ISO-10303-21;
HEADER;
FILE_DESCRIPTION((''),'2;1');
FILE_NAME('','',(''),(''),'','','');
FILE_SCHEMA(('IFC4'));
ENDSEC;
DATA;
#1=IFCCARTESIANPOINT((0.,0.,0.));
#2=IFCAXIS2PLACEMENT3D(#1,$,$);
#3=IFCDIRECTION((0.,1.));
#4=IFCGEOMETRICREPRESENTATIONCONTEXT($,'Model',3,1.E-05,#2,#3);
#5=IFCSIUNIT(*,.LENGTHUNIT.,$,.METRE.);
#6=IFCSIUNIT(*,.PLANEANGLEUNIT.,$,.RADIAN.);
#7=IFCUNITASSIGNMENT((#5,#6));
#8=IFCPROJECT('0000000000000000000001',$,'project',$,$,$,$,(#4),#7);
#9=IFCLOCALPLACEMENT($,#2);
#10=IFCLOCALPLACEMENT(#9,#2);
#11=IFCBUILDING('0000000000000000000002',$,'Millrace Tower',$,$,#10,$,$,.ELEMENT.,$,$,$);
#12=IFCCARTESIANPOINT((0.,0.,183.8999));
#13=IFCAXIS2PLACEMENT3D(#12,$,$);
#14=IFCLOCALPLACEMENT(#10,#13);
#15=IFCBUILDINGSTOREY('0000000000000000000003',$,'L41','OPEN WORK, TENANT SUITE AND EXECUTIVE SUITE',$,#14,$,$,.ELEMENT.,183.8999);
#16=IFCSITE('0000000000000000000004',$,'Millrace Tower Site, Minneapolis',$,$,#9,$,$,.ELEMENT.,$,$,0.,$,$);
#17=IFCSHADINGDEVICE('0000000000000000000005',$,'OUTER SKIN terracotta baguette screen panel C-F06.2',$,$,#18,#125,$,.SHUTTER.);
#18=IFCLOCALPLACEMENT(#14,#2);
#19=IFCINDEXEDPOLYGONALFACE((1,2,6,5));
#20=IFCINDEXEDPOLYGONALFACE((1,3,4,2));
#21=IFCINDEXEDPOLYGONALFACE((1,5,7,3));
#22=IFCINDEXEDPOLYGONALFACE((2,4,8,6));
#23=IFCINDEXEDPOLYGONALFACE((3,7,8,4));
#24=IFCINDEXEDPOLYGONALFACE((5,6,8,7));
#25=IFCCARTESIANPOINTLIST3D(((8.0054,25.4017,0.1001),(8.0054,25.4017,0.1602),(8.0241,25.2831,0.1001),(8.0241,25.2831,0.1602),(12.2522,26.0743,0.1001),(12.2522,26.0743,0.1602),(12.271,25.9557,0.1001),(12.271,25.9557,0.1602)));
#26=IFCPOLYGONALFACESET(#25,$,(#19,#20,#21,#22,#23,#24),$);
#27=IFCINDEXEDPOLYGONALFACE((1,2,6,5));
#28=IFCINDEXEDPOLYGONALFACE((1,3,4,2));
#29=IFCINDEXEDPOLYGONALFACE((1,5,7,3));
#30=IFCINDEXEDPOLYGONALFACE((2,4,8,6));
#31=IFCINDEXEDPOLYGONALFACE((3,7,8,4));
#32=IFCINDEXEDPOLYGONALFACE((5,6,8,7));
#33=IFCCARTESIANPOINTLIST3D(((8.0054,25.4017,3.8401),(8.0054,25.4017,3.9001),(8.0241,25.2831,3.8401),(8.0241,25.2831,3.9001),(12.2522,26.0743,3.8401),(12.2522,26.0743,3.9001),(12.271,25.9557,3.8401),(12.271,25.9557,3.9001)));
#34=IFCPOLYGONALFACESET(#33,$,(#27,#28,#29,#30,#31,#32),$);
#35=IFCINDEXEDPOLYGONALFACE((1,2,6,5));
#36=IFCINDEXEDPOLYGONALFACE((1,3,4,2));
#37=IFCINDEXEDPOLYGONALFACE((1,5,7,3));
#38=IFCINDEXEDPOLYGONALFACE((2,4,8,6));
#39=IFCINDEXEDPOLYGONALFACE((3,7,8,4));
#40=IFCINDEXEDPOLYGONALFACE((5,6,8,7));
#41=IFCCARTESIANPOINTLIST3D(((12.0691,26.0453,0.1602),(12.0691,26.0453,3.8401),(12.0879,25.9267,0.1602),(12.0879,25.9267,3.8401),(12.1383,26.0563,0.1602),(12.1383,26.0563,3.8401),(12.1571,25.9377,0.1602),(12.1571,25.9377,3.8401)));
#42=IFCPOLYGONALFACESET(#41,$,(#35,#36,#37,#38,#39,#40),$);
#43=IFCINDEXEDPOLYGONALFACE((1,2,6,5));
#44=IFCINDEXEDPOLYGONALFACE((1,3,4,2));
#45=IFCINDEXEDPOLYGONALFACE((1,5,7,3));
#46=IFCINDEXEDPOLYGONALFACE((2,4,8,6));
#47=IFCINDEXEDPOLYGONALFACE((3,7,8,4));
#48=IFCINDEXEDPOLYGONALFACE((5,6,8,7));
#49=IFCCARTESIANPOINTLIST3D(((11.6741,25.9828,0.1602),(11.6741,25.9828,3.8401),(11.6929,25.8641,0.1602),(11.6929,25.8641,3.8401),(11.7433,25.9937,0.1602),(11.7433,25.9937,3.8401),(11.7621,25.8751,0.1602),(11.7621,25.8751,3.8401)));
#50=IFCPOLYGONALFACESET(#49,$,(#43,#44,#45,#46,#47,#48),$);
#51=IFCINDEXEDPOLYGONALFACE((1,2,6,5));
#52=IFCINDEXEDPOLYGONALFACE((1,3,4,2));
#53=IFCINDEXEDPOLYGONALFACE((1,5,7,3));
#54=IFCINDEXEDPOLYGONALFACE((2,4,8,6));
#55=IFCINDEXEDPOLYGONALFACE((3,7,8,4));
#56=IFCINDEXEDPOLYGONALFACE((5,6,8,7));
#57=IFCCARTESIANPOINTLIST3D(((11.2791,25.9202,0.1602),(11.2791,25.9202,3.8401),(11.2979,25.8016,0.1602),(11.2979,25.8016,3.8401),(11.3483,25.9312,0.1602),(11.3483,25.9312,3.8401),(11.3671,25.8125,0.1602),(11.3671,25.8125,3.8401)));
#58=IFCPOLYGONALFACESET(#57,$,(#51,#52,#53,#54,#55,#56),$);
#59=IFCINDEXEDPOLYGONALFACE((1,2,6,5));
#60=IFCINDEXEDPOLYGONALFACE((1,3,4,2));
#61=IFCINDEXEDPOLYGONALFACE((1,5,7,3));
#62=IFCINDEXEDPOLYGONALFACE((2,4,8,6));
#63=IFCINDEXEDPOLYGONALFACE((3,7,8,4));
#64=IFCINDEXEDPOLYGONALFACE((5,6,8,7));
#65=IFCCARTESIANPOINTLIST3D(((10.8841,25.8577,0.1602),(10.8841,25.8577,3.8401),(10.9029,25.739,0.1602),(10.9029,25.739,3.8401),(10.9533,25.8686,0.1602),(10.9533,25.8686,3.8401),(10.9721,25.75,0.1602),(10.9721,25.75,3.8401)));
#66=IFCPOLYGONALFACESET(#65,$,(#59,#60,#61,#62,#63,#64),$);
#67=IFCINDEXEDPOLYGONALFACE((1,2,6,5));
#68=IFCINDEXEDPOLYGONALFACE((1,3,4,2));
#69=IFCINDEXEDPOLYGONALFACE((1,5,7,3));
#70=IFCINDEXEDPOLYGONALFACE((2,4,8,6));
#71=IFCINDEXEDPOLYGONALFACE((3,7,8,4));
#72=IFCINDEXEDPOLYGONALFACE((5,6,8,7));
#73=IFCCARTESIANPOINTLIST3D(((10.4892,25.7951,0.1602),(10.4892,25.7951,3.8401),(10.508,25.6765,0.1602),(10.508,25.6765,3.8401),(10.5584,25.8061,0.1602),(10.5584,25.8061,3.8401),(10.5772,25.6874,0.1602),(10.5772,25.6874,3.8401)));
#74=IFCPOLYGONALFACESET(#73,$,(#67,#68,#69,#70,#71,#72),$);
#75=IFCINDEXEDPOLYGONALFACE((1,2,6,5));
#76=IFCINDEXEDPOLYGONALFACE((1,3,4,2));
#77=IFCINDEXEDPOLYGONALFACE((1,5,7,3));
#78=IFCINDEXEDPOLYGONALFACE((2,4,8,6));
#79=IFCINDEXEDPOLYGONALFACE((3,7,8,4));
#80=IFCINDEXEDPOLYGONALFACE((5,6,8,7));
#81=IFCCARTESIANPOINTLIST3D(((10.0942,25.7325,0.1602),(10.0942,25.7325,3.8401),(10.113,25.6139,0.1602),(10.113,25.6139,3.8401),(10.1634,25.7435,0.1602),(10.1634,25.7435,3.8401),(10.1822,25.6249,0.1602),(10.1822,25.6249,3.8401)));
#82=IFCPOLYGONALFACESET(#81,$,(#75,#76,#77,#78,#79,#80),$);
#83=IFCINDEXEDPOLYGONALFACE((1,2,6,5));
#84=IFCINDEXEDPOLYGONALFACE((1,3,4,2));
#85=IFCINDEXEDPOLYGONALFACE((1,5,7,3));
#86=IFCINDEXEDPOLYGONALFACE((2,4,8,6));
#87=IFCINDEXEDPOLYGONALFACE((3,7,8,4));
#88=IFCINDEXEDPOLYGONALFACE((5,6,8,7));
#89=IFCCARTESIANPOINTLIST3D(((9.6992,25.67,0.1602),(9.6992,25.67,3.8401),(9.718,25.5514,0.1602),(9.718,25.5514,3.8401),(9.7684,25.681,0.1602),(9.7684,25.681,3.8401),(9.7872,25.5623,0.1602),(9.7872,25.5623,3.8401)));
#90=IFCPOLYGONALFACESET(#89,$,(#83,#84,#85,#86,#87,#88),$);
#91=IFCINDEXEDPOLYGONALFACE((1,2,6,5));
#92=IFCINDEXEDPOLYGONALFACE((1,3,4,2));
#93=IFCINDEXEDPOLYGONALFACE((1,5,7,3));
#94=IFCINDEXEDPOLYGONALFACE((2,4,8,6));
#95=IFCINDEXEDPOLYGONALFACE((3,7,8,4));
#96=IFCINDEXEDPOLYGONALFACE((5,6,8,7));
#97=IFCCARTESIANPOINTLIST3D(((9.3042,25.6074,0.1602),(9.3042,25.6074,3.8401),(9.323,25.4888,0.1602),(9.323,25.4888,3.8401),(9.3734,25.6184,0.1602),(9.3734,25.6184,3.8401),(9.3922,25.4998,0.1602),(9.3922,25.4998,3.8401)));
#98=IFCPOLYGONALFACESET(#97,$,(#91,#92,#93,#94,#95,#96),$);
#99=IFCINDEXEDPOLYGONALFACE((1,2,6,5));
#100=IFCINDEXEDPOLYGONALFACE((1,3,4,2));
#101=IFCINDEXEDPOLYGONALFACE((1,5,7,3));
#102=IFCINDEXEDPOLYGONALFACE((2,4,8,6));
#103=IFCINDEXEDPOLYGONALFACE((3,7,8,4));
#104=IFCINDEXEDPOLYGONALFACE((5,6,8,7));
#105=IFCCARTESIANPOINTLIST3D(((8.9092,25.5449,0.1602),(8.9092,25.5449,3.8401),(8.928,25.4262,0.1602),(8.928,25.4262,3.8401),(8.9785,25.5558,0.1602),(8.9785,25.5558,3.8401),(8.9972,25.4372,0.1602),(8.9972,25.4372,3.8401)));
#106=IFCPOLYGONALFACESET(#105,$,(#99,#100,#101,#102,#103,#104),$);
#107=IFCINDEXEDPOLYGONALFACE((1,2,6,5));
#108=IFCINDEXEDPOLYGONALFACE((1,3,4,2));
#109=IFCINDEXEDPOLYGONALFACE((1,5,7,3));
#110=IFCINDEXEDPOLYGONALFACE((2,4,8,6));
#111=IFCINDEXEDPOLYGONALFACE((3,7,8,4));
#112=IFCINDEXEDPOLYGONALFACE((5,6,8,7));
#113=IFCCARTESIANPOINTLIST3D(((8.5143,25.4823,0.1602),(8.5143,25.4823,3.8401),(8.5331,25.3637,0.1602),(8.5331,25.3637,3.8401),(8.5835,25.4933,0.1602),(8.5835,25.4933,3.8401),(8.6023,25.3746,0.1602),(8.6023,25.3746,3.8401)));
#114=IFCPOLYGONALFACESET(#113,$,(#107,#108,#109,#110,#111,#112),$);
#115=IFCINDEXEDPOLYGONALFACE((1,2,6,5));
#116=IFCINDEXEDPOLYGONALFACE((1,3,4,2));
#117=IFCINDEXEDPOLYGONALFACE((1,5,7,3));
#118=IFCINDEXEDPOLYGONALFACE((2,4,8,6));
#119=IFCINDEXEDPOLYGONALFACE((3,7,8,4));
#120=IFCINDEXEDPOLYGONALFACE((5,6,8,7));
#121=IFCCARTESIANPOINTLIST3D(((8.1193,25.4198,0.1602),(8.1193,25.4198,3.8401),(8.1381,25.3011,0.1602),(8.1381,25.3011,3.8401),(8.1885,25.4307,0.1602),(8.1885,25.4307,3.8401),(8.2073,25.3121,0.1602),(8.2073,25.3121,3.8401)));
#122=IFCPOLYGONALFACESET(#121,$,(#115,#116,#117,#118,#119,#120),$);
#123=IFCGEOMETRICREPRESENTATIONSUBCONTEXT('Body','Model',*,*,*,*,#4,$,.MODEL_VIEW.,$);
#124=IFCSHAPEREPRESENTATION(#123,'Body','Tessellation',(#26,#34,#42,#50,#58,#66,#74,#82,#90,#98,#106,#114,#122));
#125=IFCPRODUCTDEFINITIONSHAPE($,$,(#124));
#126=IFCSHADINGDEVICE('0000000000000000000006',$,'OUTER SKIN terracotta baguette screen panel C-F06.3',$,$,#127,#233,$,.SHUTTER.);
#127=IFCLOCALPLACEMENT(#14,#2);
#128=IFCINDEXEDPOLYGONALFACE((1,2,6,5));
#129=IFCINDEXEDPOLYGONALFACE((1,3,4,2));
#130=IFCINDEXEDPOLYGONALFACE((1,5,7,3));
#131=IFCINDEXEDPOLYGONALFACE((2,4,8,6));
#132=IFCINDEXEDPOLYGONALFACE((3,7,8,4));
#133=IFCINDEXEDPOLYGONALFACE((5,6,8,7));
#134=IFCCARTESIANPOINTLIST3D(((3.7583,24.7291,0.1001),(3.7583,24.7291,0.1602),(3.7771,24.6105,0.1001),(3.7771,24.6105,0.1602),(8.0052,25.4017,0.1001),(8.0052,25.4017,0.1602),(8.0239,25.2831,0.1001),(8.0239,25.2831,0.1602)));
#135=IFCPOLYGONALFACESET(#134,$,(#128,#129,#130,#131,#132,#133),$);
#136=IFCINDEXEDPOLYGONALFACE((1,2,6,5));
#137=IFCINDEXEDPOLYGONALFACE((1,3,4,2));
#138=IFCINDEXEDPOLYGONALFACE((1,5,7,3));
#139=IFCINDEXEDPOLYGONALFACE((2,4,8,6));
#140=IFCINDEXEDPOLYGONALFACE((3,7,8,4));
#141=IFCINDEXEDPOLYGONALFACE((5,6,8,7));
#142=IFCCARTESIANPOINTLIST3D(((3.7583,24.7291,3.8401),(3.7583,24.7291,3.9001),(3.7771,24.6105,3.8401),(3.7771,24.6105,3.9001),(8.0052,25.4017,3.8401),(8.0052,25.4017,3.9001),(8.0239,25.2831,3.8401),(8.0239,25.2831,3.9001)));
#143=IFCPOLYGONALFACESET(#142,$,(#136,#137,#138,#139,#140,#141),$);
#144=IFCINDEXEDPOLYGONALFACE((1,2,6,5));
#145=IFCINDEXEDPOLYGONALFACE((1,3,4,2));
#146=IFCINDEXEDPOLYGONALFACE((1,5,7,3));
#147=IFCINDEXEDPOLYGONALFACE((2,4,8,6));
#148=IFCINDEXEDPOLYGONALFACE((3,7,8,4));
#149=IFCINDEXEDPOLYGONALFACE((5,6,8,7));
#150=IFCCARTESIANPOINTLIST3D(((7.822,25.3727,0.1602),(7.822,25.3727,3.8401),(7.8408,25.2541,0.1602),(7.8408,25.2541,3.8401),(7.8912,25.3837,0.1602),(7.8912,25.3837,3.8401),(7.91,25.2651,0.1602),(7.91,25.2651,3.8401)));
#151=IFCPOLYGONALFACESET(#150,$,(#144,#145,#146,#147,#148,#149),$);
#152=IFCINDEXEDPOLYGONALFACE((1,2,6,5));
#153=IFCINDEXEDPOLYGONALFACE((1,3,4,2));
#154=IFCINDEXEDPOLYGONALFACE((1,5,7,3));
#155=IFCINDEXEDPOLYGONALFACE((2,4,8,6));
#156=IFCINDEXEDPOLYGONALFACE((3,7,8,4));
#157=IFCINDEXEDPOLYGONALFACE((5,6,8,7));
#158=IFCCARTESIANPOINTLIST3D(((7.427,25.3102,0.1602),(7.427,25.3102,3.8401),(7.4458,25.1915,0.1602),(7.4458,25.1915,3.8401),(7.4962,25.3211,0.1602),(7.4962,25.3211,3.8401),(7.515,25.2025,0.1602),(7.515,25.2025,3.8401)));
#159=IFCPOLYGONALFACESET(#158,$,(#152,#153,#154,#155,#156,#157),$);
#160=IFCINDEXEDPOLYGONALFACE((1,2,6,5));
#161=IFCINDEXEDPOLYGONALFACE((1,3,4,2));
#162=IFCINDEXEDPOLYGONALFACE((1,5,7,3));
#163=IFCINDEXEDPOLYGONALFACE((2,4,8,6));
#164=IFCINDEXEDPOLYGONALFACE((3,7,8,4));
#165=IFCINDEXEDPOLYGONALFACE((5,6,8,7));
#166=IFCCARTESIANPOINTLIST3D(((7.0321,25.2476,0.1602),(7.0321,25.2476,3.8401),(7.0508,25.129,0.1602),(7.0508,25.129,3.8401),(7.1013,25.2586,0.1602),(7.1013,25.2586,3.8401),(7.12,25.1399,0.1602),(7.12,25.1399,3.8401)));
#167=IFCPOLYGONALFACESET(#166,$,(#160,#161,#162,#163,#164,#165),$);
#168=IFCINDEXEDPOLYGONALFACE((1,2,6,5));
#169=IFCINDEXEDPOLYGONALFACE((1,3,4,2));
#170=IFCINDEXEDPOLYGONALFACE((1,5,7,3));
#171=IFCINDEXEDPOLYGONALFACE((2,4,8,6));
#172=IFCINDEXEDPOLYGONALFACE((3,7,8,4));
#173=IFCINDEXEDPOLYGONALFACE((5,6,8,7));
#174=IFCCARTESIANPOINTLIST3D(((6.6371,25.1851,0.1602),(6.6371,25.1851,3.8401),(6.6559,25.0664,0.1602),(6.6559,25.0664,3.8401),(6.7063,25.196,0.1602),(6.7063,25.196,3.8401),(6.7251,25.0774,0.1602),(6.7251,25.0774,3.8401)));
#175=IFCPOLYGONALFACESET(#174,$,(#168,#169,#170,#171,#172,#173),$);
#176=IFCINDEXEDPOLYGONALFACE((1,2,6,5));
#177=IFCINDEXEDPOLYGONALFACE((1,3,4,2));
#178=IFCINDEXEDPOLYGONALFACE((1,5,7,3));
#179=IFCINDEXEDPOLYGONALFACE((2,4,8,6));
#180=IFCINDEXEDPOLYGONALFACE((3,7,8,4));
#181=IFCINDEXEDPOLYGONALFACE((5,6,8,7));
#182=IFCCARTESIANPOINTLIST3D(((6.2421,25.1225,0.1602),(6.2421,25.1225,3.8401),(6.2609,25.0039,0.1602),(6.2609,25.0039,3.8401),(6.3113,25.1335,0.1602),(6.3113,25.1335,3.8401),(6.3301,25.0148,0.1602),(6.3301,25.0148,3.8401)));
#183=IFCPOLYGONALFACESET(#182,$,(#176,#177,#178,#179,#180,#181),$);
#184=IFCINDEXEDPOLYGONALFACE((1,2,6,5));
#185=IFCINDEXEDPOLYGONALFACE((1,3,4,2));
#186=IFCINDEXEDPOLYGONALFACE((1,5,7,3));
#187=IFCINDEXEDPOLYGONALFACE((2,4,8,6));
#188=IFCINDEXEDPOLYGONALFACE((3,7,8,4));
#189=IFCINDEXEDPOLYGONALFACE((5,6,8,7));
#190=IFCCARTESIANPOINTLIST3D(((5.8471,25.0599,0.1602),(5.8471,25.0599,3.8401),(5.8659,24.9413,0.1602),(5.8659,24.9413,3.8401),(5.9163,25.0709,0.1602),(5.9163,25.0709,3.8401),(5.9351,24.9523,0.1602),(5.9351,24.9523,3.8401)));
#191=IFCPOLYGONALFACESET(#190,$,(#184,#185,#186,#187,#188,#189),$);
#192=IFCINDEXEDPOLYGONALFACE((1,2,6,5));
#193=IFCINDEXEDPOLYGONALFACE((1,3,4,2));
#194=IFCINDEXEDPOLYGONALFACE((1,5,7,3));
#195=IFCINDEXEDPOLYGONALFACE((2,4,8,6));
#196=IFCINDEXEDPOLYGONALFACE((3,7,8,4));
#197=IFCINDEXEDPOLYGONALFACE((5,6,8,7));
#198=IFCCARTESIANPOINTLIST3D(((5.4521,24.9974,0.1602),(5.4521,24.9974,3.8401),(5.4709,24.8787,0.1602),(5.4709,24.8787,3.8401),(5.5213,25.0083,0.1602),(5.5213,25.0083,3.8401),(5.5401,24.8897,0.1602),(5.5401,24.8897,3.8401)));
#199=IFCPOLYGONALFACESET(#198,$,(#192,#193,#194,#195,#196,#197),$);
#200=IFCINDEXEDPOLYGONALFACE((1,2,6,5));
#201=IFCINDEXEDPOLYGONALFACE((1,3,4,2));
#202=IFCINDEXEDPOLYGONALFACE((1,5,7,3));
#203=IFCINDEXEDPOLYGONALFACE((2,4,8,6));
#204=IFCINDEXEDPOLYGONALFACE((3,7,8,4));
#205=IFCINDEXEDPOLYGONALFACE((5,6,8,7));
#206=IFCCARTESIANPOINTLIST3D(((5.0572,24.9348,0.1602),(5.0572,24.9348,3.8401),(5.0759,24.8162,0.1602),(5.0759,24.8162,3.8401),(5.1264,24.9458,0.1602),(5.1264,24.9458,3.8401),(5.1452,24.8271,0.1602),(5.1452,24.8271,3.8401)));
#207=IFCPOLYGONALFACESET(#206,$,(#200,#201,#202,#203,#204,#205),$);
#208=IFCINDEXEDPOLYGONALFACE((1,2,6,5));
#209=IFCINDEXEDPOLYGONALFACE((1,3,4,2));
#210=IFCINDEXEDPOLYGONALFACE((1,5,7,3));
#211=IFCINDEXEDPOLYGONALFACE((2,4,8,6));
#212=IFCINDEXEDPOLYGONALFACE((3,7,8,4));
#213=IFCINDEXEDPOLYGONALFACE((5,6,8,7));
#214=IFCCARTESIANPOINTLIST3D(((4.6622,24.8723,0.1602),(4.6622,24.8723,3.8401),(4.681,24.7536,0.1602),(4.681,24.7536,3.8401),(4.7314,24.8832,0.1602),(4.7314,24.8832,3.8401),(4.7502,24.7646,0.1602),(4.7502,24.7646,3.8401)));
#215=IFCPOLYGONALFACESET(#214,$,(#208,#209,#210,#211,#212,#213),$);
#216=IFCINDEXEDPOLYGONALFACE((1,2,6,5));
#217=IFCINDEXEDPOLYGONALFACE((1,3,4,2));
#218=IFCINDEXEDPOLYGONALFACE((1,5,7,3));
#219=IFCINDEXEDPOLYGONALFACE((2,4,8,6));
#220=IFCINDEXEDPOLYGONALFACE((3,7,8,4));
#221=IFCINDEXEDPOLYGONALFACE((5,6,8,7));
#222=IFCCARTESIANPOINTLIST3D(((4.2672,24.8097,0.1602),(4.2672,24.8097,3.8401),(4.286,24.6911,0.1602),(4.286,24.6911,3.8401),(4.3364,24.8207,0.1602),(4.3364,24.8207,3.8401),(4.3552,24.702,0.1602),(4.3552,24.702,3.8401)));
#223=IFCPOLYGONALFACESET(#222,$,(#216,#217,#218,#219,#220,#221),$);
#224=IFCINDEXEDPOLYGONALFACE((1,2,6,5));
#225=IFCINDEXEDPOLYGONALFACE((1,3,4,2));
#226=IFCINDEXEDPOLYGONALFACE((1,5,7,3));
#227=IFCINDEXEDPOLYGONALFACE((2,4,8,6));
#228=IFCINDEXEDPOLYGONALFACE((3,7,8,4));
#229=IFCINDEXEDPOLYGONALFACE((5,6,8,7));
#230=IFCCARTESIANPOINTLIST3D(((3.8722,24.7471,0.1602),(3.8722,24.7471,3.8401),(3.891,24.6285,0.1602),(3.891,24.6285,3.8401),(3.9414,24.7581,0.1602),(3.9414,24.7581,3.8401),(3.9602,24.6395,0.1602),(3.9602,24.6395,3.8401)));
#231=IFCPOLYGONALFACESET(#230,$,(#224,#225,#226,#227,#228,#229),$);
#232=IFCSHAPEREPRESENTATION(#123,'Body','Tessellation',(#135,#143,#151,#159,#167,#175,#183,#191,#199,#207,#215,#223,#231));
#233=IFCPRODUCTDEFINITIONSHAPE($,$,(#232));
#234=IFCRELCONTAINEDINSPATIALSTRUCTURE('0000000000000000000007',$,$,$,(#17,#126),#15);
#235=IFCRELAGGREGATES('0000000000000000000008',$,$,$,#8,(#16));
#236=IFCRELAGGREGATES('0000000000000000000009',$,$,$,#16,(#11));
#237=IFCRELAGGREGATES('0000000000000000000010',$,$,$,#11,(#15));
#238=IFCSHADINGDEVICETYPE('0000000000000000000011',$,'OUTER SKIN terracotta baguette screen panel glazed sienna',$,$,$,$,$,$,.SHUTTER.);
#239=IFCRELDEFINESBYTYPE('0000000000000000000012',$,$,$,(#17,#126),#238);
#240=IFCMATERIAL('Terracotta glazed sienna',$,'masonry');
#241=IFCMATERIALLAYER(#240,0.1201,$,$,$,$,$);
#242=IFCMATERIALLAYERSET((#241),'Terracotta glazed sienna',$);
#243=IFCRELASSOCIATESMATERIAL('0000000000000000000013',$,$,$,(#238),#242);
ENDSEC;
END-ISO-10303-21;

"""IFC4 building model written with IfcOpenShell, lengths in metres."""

from ifc_helpers import new_model, entity, si_unit, direction, frame, frame_2d, origin, origin_2d, place, context, subcontext, project, spatial, rectangle, extrude, source, transform, mapped, material, layer, layer_set, type_object, element, save


model = new_model("IFC4")

# Units and contexts
model_context = context("Model", 3, precision=1e-05, world=origin(), true_north=direction((0.0, 1.0)))
body_context = subcontext(model_context, "Body", "Model", "MODEL_VIEW")
ifc_project = project(units=[si_unit("LENGTHUNIT", "METRE"), si_unit("PLANEANGLEUNIT", "RADIAN")], contexts=[model_context])

# Site, building, storey
site_placement = place(None, origin())
site = spatial("IfcSite", under=ifc_project, at=site_placement, Name="Millrace Tower Site, Minneapolis", CompositionType="ELEMENT", RefElevation=0.0)
building_placement = place(site_placement, origin())
building = spatial("IfcBuilding", under=site, at=building_placement, Name="Millrace Tower", CompositionType="ELEMENT")
storey_placement = place(building_placement, frame((0.0, 0.0, 183.8999)))
storey = spatial("IfcBuildingStorey", under=building, at=storey_placement, Name="L41", Description="OPEN WORK, TENANT SUITE AND EXECUTIVE SUITE", CompositionType="ELEMENT", Elevation=183.8999)

# Shading devices
ifc_material_1 = material(Name="Terracotta glazed sienna", Category="masonry")
ifc_layer_1 = layer(ifc_material_1, 0.1201)
ifc_layer_set_1 = layer_set([ifc_layer_1], Name="Terracotta glazed sienna")
shading_device_type = type_object("IfcShadingDeviceType", Name="OUTER SKIN terracotta baguette screen panel glazed sienna", PredefinedType="SHUTTER", material=ifc_layer_set_1)
cartesian_point_1 = entity("IfcCartesianPoint", [-2.1499, 0.0601])
shared_polyline_1 = entity("IfcPolyline", [cartesian_point_1, entity("IfcCartesianPoint", [2.1499, 0.0601]), entity("IfcCartesianPoint", [2.1499, -0.0601]), entity("IfcCartesianPoint", [-2.1499, -0.0601]), cartesian_point_1])
shared_shape_1 = source(origin(), body_context, "Body", "SweptSolid", [
    entity("IfcExtrudedAreaSolid", entity("IfcArbitraryClosedProfileDef", "AREA", None, shared_polyline_1), entity("IfcAxis2Placement3D", entity("IfcCartesianPoint", [0.0, 0.0, 0.0])), entity("IfcDirection", [0.0, 0.0, 1.0]), 0.0601),
    entity("IfcExtrudedAreaSolid", entity("IfcArbitraryClosedProfileDef", "AREA", None, shared_polyline_1), entity("IfcAxis2Placement3D", entity("IfcCartesianPoint", [0.0, 0.0, 3.74])), entity("IfcDirection", [0.0, 0.0, 1.0]), 0.0601),
    extrude(rectangle(XDim=0.0701, YDim=0.1201, at=frame_2d((-1.9995, 0.0))), frame((0.0, 0.0, 0.0601)), (0.0, 0.0, 1.0), 3.6799),
    extrude(rectangle(XDim=0.0701, YDim=0.1201, at=frame_2d((-1.5996, 0.0))), frame((0.0, 0.0, 0.0601)), (0.0, 0.0, 1.0), 3.6799),
    extrude(rectangle(XDim=0.0701, YDim=0.1201, at=frame_2d((-1.1997, 0.0))), frame((0.0, 0.0, 0.0601)), (0.0, 0.0, 1.0), 3.6799),
    extrude(rectangle(XDim=0.0701, YDim=0.1201, at=frame_2d((-0.7998, 0.0))), frame((0.0, 0.0, 0.0601)), (0.0, 0.0, 1.0), 3.6799),
    extrude(rectangle(XDim=0.0701, YDim=0.1201, at=frame_2d((-0.3999, 0.0))), frame((0.0, 0.0, 0.0601)), (0.0, 0.0, 1.0), 3.6799),
    extrude(rectangle(XDim=0.0701, YDim=0.1201, at=origin_2d()), frame((0.0, 0.0, 0.0601)), (0.0, 0.0, 1.0), 3.6799),
    extrude(rectangle(XDim=0.0701, YDim=0.1201, at=frame_2d((0.3999, 0.0))), frame((0.0, 0.0, 0.0601)), (0.0, 0.0, 1.0), 3.6799),
    extrude(rectangle(XDim=0.0701, YDim=0.1201, at=frame_2d((0.7998, 0.0))), frame((0.0, 0.0, 0.0601)), (0.0, 0.0, 1.0), 3.6799),
    extrude(rectangle(XDim=0.0701, YDim=0.1201, at=frame_2d((1.1997, 0.0))), frame((0.0, 0.0, 0.0601)), (0.0, 0.0, 1.0), 3.6799),
    extrude(rectangle(XDim=0.0701, YDim=0.1201, at=frame_2d((1.5996, 0.0))), frame((0.0, 0.0, 0.0601)), (0.0, 0.0, 1.0), 3.6799),
    extrude(rectangle(XDim=0.0701, YDim=0.1201, at=frame_2d((1.9995, 0.0))), frame((0.0, 0.0, 0.0601)), (0.0, 0.0, 1.0), 3.6799),
])
for number, where, z_axis, x_axis, name in (
    (1, (10.1382, 25.6787, 0.1001), (0.0, 0.0, 1.0), (-0.987688, -0.156434, 0.0), "OUTER SKIN terracotta baguette screen panel C-F06.2"),
    (2, (5.8911, 25.0061, 0.1001), (0.0, 0.0, 1.0), (-0.987688, -0.156434, 0.0), "OUTER SKIN terracotta baguette screen panel C-F06.3"),
):
    element("IfcShadingDevice", number, at=place(storey_placement, frame(where, z_axis=z_axis, x_axis=x_axis)), inside=storey, type_object=shading_device_type, Name=name, PredefinedType="SHUTTER", context=body_context, shape_type="MappedRepresentation", body=[
        mapped(shared_shape_1, transform((0.0, 0.0, 0.0), scale=1.0)),
    ])

save(model, "model.ifc")
